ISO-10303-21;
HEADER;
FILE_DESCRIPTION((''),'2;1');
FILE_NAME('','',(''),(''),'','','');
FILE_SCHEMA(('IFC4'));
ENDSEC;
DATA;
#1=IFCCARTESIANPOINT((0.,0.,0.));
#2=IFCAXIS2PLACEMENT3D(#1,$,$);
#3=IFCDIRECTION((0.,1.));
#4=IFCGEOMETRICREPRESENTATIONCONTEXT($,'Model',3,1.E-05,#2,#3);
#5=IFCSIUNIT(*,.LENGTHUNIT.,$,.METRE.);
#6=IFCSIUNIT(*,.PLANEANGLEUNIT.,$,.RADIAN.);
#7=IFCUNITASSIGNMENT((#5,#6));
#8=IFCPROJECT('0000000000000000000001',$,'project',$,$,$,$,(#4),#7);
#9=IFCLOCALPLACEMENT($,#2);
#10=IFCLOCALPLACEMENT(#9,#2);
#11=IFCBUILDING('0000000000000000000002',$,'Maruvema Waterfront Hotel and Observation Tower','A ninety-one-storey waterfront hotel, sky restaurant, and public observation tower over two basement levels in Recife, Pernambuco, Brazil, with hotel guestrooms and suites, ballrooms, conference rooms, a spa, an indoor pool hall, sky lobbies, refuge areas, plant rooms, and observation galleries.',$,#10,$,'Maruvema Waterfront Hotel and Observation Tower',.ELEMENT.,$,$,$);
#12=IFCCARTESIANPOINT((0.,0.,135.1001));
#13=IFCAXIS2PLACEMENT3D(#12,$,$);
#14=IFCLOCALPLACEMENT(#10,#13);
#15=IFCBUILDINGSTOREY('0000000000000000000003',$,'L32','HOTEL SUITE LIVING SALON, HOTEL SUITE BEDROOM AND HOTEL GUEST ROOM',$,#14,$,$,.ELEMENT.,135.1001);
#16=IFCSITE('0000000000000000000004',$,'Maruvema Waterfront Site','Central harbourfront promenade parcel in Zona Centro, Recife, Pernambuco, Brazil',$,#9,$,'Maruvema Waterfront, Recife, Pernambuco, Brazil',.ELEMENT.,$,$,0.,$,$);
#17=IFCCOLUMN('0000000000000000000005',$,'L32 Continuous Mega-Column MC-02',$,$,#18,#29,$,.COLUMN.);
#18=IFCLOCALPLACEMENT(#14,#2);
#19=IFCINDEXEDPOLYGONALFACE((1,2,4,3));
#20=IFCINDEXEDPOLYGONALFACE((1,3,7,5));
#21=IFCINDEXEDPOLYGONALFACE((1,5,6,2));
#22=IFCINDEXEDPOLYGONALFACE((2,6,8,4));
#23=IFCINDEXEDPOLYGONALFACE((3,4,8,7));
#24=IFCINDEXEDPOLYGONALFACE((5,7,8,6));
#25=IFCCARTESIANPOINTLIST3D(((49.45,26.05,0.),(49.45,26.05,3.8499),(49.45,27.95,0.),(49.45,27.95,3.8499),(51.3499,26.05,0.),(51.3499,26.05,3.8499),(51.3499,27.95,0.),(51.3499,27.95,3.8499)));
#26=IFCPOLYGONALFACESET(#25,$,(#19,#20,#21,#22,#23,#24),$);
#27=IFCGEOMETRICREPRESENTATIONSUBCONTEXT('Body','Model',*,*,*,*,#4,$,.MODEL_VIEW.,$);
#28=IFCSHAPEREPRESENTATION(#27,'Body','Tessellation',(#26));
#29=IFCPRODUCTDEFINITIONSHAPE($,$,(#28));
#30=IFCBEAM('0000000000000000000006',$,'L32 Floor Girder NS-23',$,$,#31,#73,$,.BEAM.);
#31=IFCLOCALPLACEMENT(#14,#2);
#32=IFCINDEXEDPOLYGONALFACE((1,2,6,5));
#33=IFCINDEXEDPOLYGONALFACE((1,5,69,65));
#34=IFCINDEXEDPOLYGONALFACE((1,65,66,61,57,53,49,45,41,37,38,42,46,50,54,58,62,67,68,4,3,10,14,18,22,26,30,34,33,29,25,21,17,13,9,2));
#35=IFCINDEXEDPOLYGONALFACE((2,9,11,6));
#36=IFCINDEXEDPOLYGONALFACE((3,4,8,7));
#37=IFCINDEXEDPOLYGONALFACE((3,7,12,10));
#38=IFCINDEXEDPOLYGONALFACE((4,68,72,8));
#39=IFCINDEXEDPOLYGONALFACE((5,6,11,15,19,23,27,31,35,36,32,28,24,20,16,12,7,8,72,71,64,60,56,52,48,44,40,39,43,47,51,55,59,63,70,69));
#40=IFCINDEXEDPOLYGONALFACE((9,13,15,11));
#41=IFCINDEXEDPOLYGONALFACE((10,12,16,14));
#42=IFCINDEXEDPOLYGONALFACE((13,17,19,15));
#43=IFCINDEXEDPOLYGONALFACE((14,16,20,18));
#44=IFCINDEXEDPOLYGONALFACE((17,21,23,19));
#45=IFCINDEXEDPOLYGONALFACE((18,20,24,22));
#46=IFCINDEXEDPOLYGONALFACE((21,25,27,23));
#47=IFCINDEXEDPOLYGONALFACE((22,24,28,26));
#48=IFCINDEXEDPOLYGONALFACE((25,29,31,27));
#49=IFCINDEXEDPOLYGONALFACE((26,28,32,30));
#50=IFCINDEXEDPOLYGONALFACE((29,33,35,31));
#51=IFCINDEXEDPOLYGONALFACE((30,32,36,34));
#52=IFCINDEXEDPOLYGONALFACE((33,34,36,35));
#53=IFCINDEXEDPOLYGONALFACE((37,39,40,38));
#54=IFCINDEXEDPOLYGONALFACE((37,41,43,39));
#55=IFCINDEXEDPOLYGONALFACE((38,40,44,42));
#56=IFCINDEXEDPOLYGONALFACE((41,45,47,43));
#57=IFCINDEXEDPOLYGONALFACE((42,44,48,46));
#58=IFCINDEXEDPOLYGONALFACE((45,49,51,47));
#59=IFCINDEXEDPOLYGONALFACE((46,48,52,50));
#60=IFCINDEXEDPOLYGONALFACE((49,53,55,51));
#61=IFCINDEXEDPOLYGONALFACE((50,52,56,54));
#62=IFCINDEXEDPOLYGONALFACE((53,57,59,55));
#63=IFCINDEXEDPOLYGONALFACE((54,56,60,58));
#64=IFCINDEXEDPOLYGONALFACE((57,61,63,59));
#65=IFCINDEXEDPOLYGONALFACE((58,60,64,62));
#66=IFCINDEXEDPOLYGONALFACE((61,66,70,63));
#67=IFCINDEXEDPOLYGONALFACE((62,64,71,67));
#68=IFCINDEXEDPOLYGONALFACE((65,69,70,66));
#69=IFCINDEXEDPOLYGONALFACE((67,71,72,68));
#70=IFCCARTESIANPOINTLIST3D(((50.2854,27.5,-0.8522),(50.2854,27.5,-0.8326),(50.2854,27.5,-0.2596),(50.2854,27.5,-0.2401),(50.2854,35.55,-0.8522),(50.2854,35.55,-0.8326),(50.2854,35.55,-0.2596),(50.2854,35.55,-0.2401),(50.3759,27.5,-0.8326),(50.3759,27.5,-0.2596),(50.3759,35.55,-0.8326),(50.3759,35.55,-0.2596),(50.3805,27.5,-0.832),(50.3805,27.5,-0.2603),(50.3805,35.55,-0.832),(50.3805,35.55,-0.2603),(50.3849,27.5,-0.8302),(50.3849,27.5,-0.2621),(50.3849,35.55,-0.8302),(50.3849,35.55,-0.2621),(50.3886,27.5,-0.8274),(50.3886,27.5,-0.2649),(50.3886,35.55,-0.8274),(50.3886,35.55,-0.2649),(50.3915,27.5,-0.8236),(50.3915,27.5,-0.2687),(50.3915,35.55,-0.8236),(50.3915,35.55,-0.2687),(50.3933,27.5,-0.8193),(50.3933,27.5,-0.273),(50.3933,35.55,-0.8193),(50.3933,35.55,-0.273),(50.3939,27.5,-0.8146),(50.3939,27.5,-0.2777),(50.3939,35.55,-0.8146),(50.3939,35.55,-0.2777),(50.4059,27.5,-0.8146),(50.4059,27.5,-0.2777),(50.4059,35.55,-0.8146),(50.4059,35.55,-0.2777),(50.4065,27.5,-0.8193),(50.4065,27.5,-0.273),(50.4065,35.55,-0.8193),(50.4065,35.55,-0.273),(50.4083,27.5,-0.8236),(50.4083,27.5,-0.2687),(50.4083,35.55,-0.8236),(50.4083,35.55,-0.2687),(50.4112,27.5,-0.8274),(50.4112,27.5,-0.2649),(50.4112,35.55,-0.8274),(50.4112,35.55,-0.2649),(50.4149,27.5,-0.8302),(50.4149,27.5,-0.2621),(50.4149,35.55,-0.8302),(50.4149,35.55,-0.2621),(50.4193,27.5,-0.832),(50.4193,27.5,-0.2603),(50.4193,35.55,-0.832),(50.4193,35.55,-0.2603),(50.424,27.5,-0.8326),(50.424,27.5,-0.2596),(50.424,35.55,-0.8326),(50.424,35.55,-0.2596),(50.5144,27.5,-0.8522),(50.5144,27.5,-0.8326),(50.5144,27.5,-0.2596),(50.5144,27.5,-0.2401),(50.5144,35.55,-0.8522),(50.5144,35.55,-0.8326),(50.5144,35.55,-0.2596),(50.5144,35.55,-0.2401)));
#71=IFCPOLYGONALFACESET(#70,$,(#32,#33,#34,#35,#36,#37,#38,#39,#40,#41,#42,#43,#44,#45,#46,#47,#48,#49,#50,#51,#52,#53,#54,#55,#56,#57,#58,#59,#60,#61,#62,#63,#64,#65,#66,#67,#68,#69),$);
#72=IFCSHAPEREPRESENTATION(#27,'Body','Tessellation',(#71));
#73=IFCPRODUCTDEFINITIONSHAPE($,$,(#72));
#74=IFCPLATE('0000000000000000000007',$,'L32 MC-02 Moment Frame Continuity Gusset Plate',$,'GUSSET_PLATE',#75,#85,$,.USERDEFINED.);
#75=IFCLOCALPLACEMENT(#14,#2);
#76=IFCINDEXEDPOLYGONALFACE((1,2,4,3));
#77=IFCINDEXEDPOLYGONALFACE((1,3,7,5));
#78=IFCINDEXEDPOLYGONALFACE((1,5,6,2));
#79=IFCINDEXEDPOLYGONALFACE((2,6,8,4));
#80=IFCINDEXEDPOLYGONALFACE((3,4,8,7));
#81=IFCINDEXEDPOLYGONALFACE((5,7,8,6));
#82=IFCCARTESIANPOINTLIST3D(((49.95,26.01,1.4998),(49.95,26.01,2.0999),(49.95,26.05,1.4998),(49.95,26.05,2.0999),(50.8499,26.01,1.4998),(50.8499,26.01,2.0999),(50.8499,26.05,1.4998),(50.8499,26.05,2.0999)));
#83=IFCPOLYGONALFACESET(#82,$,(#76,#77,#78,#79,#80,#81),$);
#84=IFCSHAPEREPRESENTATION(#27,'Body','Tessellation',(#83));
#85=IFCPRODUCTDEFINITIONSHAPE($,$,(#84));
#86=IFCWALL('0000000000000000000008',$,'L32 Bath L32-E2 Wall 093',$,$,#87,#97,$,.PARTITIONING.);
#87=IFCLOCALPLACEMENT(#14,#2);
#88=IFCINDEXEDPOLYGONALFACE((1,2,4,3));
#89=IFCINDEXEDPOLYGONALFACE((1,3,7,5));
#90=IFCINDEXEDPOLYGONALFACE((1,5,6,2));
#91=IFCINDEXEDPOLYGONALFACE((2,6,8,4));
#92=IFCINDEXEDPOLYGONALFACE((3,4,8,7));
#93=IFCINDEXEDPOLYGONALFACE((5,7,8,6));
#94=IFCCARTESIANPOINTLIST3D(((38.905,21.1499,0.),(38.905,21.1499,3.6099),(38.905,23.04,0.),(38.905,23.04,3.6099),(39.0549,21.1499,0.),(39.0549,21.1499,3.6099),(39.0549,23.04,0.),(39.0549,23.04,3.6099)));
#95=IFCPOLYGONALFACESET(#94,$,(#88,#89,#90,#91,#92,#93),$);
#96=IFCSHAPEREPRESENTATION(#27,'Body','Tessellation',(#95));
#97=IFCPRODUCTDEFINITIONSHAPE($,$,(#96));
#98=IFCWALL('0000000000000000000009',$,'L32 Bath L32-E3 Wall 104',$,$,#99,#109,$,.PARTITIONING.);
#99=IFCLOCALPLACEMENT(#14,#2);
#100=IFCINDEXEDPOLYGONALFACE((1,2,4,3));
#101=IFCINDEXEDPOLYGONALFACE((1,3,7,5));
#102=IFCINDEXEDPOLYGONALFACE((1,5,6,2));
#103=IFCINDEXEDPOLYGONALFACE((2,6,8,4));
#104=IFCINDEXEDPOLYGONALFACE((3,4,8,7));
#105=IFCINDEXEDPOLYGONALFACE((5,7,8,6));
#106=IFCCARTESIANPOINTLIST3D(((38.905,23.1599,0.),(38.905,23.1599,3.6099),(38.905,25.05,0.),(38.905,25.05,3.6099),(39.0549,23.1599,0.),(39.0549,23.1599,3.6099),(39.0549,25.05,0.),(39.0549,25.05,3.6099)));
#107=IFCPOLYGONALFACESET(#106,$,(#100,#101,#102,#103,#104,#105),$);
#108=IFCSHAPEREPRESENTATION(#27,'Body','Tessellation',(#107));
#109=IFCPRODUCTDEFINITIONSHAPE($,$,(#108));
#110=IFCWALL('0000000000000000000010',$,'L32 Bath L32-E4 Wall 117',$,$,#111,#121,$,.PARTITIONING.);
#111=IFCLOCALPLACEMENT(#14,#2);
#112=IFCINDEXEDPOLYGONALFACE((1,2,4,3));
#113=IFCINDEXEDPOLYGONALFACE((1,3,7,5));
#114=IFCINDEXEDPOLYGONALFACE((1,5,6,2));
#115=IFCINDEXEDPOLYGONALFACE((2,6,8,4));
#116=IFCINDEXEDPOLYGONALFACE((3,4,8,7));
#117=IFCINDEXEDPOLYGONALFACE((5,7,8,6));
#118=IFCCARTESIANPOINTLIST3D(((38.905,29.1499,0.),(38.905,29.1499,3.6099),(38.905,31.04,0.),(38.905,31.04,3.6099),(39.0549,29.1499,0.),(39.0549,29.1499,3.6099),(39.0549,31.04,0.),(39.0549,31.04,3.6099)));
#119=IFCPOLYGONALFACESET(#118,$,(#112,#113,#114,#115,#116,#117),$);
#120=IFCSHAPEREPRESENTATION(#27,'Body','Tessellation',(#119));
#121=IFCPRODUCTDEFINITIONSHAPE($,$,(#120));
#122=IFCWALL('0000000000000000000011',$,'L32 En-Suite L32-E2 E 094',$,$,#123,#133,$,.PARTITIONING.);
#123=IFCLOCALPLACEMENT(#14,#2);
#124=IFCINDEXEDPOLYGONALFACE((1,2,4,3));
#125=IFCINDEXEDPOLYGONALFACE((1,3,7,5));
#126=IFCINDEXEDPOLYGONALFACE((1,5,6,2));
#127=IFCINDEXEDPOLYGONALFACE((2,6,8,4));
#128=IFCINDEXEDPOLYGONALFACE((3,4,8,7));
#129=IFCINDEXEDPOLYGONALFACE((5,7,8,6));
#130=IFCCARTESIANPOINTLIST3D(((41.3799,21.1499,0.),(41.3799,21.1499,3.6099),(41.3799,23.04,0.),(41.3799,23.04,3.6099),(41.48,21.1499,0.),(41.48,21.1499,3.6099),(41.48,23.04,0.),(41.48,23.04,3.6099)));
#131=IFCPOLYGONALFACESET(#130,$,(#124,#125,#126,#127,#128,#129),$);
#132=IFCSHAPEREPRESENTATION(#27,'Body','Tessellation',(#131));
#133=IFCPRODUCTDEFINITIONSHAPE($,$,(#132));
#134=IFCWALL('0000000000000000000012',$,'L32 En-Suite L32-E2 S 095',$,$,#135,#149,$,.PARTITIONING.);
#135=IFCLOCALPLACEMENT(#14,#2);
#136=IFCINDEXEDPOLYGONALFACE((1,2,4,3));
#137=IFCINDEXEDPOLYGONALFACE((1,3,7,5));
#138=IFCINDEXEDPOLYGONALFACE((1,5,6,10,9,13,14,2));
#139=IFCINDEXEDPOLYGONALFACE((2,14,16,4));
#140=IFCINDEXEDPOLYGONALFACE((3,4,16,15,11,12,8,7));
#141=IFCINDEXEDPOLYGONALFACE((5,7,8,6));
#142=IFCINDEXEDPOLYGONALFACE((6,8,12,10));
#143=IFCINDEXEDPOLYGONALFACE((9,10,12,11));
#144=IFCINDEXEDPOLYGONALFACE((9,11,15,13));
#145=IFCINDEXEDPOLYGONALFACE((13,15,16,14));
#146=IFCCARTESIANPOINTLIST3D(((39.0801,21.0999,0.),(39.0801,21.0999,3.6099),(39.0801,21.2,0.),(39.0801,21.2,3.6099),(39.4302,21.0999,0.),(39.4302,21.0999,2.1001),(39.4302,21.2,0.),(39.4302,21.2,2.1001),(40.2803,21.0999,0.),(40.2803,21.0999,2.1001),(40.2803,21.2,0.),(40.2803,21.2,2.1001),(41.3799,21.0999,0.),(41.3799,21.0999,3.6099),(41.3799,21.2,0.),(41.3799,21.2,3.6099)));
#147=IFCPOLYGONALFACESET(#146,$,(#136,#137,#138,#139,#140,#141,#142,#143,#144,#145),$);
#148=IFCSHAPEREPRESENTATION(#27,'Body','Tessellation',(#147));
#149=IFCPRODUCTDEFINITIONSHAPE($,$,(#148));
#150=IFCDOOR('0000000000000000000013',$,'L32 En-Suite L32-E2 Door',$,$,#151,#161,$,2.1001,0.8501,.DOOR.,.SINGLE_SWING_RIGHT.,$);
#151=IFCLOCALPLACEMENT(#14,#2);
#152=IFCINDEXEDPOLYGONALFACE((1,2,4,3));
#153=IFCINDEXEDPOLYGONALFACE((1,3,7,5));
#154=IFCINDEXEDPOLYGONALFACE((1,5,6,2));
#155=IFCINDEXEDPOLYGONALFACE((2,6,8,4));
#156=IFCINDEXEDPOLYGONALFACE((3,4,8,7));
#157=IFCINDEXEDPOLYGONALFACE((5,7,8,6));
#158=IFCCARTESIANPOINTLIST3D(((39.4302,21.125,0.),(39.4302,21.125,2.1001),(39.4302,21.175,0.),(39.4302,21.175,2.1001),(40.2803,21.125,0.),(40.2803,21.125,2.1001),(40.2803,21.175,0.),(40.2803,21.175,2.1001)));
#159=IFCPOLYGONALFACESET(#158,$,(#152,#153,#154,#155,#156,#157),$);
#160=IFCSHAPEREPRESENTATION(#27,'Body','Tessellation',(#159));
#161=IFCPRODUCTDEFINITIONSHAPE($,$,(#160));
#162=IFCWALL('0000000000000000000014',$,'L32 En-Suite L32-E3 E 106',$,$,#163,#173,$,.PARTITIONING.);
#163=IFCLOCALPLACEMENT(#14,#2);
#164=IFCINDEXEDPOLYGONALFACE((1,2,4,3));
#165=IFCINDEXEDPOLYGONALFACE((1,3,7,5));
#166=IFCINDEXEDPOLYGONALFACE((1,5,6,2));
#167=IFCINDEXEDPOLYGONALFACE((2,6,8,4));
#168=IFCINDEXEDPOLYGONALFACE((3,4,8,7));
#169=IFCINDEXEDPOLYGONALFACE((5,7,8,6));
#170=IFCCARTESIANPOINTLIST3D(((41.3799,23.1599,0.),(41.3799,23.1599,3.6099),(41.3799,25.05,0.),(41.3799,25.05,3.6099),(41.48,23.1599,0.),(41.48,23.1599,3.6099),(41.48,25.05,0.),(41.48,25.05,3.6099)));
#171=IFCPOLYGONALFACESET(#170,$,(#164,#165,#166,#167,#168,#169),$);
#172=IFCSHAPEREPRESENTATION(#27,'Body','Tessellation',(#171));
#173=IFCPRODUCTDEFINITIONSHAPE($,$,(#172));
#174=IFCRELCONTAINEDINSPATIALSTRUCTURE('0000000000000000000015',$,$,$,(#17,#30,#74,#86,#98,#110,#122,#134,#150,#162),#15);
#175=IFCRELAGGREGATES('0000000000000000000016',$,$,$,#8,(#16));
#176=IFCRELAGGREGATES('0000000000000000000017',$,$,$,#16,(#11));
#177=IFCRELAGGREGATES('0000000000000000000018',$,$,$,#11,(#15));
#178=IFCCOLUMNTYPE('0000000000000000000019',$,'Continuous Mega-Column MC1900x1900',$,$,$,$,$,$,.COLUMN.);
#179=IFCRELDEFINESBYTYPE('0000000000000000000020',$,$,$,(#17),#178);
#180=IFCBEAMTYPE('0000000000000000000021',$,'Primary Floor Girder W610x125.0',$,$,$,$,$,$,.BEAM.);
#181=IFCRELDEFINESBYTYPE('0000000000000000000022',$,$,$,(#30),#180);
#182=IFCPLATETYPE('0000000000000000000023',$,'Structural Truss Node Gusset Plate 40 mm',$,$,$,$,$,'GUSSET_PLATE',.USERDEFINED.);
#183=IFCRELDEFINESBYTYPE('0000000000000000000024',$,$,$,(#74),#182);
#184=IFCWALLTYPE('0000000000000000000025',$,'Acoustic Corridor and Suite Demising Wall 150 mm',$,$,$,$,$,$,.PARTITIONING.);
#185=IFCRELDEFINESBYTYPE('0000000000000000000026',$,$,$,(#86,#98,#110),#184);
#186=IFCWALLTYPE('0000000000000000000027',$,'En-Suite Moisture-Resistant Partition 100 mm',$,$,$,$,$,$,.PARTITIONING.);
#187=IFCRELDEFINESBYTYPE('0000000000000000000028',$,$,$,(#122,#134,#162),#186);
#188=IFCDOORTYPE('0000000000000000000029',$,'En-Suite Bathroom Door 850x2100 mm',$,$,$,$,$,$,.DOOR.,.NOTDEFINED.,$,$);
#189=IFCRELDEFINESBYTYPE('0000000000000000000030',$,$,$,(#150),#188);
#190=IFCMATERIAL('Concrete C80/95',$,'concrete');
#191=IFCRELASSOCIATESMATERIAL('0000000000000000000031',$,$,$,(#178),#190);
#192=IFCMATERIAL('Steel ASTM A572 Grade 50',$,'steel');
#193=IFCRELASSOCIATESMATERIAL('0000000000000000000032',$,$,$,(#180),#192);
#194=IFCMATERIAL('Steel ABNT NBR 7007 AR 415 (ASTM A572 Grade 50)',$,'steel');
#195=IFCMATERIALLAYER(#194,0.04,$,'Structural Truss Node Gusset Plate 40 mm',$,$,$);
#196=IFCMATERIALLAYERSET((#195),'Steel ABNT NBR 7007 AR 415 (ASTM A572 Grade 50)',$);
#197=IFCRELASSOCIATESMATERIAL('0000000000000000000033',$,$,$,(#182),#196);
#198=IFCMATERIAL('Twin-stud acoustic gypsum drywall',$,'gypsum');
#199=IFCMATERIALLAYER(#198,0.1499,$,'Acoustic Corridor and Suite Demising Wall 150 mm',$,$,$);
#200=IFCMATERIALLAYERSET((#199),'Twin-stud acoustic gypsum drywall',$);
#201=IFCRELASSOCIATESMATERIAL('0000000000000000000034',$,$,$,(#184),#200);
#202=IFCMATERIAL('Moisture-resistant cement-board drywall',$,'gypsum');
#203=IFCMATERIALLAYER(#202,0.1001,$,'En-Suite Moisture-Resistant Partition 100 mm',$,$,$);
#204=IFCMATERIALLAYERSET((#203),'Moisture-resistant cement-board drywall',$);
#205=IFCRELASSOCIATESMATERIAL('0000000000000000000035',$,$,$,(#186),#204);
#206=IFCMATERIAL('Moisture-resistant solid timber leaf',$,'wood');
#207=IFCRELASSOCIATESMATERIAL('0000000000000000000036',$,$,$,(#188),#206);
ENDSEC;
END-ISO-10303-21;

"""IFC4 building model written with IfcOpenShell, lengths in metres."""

from ifc_helpers import new_model, si_unit, direction, frame, frame_2d, origin, origin_2d, place, context, subcontext, project, spatial, rectangle, i_section, extrude, material, layer, layer_set, material_profile, profile_set, type_object, element, fill, save


model = new_model("IFC4")

# Units and contexts
model_context = context("Model", 3, precision=1e-05, world=origin(), true_north=direction((0.0, 1.0)))
body_context = subcontext(model_context, "Body", "Model", "MODEL_VIEW")
ifc_project = project(units=[si_unit("LENGTHUNIT", "METRE"), si_unit("PLANEANGLEUNIT", "RADIAN")], contexts=[model_context])

# Site, building, storey
site_placement = place(None, origin())
site = spatial("IfcSite", under=ifc_project, at=site_placement, Name="Maruvema Waterfront Site", Description="Central harbourfront promenade parcel in Zona Centro, Recife, Pernambuco, Brazil", LongName="Maruvema Waterfront, Recife, Pernambuco, Brazil", CompositionType="ELEMENT", RefElevation=0.0)
building_placement = place(site_placement, origin())
building = spatial("IfcBuilding", under=site, at=building_placement, Name="Maruvema Waterfront Hotel and Observation Tower", Description="A ninety-one-storey waterfront hotel, sky restaurant, and public observation tower over two basement levels in Recife, Pernambuco, Brazil, with hotel guestrooms and suites, ballrooms, conference rooms, a spa, an indoor pool hall, sky lobbies, refuge areas, plant rooms, and observation galleries.", LongName="Maruvema Waterfront Hotel and Observation Tower", CompositionType="ELEMENT")
storey_placement = place(building_placement, frame((0.0, 0.0, 135.1001)))
storey = spatial("IfcBuildingStorey", under=building, at=storey_placement, Name="L32", Description="HOTEL SUITE LIVING SALON, HOTEL SUITE BEDROOM AND HOTEL GUEST ROOM", CompositionType="ELEMENT", Elevation=135.1001)

# Column
ifc_material_1 = material(Name="Concrete C80/95", Category="concrete")
ifc_material_profile_1 = material_profile(ifc_material_1, rectangle(XDim=1.8999, YDim=1.8999, at=origin_2d()), Name="MC1900x1900")
ifc_profile_set_1 = profile_set([ifc_material_profile_1], Name="Concrete C80/95")
column_type = type_object("IfcColumnType", Name="Continuous Mega-Column MC1900x1900", PredefinedType="COLUMN", material=ifc_profile_set_1)
column_placement = place(storey_placement, frame((50.3999, 27.0, 0.0), z_axis=(0.0, 0.0, 1.0), x_axis=(1.0, 0.0, 0.0)))
element("IfcColumn", 1, at=column_placement, inside=storey, type_object=column_type, Name="L32 Continuous Mega-Column MC-02", PredefinedType="COLUMN", context=body_context, shape_type="SweptSolid", body=[
    extrude(rectangle(XDim=1.8999, YDim=1.8999, at=origin_2d()), origin(), (0.0, 0.0, 1.0), 3.8499),
])

# Beam
ifc_material_2 = material(Name="Steel ASTM A572 Grade 50", Category="steel")
ifc_material_profile_2 = material_profile(ifc_material_2, i_section(OverallWidth=0.229, OverallDepth=0.6121, WebThickness=0.012, FlangeThickness=0.0195, FilletRadius=0.0181, at=origin_2d()), Name="W610x125.0")
ifc_profile_set_2 = profile_set([ifc_material_profile_2], Name="Steel ASTM A572 Grade 50")
beam_type = type_object("IfcBeamType", Name="Primary Floor Girder W610x125.0", PredefinedType="BEAM", material=ifc_profile_set_2)
beam_placement = place(storey_placement, frame((50.3999, 27.5, -0.5461), z_axis=(0.0, 1.0, 0.0), x_axis=(-1.0, 0.0, 0.0)))
element("IfcBeam", 2, at=beam_placement, inside=storey, type_object=beam_type, Name="L32 Floor Girder NS-23", PredefinedType="BEAM", context=body_context, shape_type="SweptSolid", body=[
    extrude(i_section(OverallWidth=0.229, OverallDepth=0.6121, WebThickness=0.012, FlangeThickness=0.0195, FilletRadius=0.0181, at=origin_2d()), origin(), (0.0, 0.0, 1.0), 8.05),
])

# Plate
ifc_material_3 = material(Name="Steel ABNT NBR 7007 AR 415 (ASTM A572 Grade 50)", Category="steel")
ifc_layer_1 = layer(ifc_material_3, 0.04, Name="Structural Truss Node Gusset Plate 40 mm")
ifc_layer_set_1 = layer_set([ifc_layer_1], Name="Steel ABNT NBR 7007 AR 415 (ASTM A572 Grade 50)")
plate_type = type_object("IfcPlateType", Name="Structural Truss Node Gusset Plate 40 mm", ElementType="GUSSET_PLATE", PredefinedType="USERDEFINED", material=ifc_layer_set_1)
plate_placement = place(storey_placement, frame((50.3999, 26.03, 1.4998), z_axis=(0.0, 0.0, 1.0), x_axis=(1.0, 0.0, 0.0)))
element("IfcPlate", 3, at=plate_placement, inside=storey, type_object=plate_type, Name="L32 MC-02 Moment Frame Continuity Gusset Plate", ObjectType="GUSSET_PLATE", PredefinedType="USERDEFINED", context=body_context, shape_type="SweptSolid", body=[
    extrude(rectangle(XDim=0.8999, YDim=0.04, at=origin_2d()), origin(), (0.0, 0.0, 1.0), 0.6001),
])

# Shared definitions
ifc_material_4 = material(Name="Twin-stud acoustic gypsum drywall", Category="gypsum")
ifc_layer_2 = layer(ifc_material_4, 0.1499, Name="Acoustic Corridor and Suite Demising Wall 150 mm")
ifc_layer_set_2 = layer_set([ifc_layer_2], Name="Twin-stud acoustic gypsum drywall")
wall_type_1 = type_object("IfcWallType", Name="Acoustic Corridor and Suite Demising Wall 150 mm", PredefinedType="PARTITIONING", material=ifc_layer_set_2)

# Walls
for number, where, z_axis, x_axis, name in (
    (4, (38.98, 21.1499, 0.0), (0.0, 0.0, 1.0), (0.0, 1.0, 0.0), "L32 Bath L32-E2 Wall 093"),
    (5, (38.98, 23.1599, 0.0), (0.0, 0.0, 1.0), (0.0, 1.0, 0.0), "L32 Bath L32-E3 Wall 104"),
):
    element("IfcWall", number, at=place(storey_placement, frame(where, z_axis=z_axis, x_axis=x_axis)), inside=storey, type_object=wall_type_1, Name=name, PredefinedType="PARTITIONING", context=body_context, shape_type="SweptSolid", body=[
        extrude(rectangle(XDim=1.8901, YDim=0.1499, at=frame_2d((0.9451, 0.0))), origin(), (0.0, 0.0, 1.0), 3.6099),
    ])

# Walls
wall_1_placement = place(storey_placement, frame((38.98, 29.1499, 0.0), z_axis=(0.0, 0.0, 1.0), x_axis=(0.0, 1.0, 0.0)))
element("IfcWall", 6, at=wall_1_placement, inside=storey, type_object=wall_type_1, Name="L32 Bath L32-E4 Wall 117", PredefinedType="PARTITIONING", context=body_context, shape_type="SweptSolid", body=[
    extrude(rectangle(XDim=1.8901, YDim=0.1499, at=frame_2d((0.9451, 0.0))), origin(), (0.0, 0.0, 1.0), 3.6099),
])
ifc_material_5 = material(Name="Moisture-resistant cement-board drywall", Category="gypsum")
ifc_layer_3 = layer(ifc_material_5, 0.1001, Name="En-Suite Moisture-Resistant Partition 100 mm")
ifc_layer_set_3 = layer_set([ifc_layer_3], Name="Moisture-resistant cement-board drywall")
wall_type_2 = type_object("IfcWallType", Name="En-Suite Moisture-Resistant Partition 100 mm", PredefinedType="PARTITIONING", material=ifc_layer_set_3)
wall_2_placement = place(storey_placement, frame((41.4299, 21.1499, 0.0), z_axis=(0.0, 0.0, 1.0), x_axis=(0.0, 1.0, 0.0)))
element("IfcWall", 7, at=wall_2_placement, inside=storey, type_object=wall_type_2, Name="L32 En-Suite L32-E2 E 094", PredefinedType="PARTITIONING", context=body_context, shape_type="SweptSolid", body=[
    extrude(rectangle(XDim=1.8901, YDim=0.1001, at=frame_2d((0.9451, 0.0))), origin(), (0.0, 0.0, 1.0), 3.6099),
])

# Wall, opening, door
wall_3_placement = place(storey_placement, frame((39.0801, 21.1499, 0.0), z_axis=(0.0, 0.0, 1.0), x_axis=(1.0, 0.0, 0.0)))
wall_3 = element("IfcWall", 8, at=wall_3_placement, inside=storey, type_object=wall_type_2, Name="L32 En-Suite L32-E2 S 095", PredefinedType="PARTITIONING", context=body_context, shape_type="SweptSolid", body=[
    extrude(rectangle(XDim=2.2998, YDim=0.1001, at=frame_2d((1.1499, 0.0))), origin(), (0.0, 0.0, 1.0), 3.6099),
])
opening_1_placement = place(wall_3_placement, frame((0.3501, 0.0, 0.0)))
opening_1 = element("IfcOpeningElement", 9, at=opening_1_placement, cuts=wall_3, PredefinedType="OPENING", context=body_context, shape_type="SweptSolid", body=[
    extrude(rectangle(XDim=0.8501, YDim=2.1001, at=frame_2d((0.425, 1.05))), frame((0.0, 0.0601, 0.0), z_axis=(0.0, -1.0, 0.0), x_axis=(1.0, 0.0, 0.0)), (0.0, 0.0, 1.0), 0.1201),
])
ifc_material_6 = material(Name="Moisture-resistant solid timber leaf", Category="wood")
door_type_1 = type_object("IfcDoorType", Name="En-Suite Bathroom Door 850x2100 mm", OperationType="NOTDEFINED", PredefinedType="DOOR", material=ifc_material_6)
door_1_placement = place(opening_1_placement, frame((0.8501, 0.0, 0.0), z_axis=(0.0, 0.0, 1.0), x_axis=(-1.0, 0.0, 0.0)))
door_1 = element("IfcDoor", 10, at=door_1_placement, inside=storey, type_object=door_type_1, Name="L32 En-Suite L32-E2 Door", OperationType="SINGLE_SWING_RIGHT", OverallHeight=2.1001, OverallWidth=0.8501, PredefinedType="DOOR", context=body_context, shape_type="SweptSolid", body=[
    extrude(rectangle(XDim=0.8501, YDim=2.1001, at=frame_2d((0.425, 1.05))), frame((0.0, 0.0249, 0.0), z_axis=(0.0, -1.0, 0.0), x_axis=(1.0, 0.0, 0.0)), (0.0, 0.0, 1.0), 0.05),
])
fill(opening_1, door_1)

# Wall
wall_4_placement = place(storey_placement, frame((41.4299, 23.1599, 0.0), z_axis=(0.0, 0.0, 1.0), x_axis=(0.0, 1.0, 0.0)))
element("IfcWall", 11, at=wall_4_placement, inside=storey, type_object=wall_type_2, Name="L32 En-Suite L32-E3 E 106", PredefinedType="PARTITIONING", context=body_context, shape_type="SweptSolid", body=[
    extrude(rectangle(XDim=1.8901, YDim=0.1001, at=frame_2d((0.9451, 0.0))), origin(), (0.0, 0.0, 1.0), 3.6099),
])

save(model, "model.ifc")
